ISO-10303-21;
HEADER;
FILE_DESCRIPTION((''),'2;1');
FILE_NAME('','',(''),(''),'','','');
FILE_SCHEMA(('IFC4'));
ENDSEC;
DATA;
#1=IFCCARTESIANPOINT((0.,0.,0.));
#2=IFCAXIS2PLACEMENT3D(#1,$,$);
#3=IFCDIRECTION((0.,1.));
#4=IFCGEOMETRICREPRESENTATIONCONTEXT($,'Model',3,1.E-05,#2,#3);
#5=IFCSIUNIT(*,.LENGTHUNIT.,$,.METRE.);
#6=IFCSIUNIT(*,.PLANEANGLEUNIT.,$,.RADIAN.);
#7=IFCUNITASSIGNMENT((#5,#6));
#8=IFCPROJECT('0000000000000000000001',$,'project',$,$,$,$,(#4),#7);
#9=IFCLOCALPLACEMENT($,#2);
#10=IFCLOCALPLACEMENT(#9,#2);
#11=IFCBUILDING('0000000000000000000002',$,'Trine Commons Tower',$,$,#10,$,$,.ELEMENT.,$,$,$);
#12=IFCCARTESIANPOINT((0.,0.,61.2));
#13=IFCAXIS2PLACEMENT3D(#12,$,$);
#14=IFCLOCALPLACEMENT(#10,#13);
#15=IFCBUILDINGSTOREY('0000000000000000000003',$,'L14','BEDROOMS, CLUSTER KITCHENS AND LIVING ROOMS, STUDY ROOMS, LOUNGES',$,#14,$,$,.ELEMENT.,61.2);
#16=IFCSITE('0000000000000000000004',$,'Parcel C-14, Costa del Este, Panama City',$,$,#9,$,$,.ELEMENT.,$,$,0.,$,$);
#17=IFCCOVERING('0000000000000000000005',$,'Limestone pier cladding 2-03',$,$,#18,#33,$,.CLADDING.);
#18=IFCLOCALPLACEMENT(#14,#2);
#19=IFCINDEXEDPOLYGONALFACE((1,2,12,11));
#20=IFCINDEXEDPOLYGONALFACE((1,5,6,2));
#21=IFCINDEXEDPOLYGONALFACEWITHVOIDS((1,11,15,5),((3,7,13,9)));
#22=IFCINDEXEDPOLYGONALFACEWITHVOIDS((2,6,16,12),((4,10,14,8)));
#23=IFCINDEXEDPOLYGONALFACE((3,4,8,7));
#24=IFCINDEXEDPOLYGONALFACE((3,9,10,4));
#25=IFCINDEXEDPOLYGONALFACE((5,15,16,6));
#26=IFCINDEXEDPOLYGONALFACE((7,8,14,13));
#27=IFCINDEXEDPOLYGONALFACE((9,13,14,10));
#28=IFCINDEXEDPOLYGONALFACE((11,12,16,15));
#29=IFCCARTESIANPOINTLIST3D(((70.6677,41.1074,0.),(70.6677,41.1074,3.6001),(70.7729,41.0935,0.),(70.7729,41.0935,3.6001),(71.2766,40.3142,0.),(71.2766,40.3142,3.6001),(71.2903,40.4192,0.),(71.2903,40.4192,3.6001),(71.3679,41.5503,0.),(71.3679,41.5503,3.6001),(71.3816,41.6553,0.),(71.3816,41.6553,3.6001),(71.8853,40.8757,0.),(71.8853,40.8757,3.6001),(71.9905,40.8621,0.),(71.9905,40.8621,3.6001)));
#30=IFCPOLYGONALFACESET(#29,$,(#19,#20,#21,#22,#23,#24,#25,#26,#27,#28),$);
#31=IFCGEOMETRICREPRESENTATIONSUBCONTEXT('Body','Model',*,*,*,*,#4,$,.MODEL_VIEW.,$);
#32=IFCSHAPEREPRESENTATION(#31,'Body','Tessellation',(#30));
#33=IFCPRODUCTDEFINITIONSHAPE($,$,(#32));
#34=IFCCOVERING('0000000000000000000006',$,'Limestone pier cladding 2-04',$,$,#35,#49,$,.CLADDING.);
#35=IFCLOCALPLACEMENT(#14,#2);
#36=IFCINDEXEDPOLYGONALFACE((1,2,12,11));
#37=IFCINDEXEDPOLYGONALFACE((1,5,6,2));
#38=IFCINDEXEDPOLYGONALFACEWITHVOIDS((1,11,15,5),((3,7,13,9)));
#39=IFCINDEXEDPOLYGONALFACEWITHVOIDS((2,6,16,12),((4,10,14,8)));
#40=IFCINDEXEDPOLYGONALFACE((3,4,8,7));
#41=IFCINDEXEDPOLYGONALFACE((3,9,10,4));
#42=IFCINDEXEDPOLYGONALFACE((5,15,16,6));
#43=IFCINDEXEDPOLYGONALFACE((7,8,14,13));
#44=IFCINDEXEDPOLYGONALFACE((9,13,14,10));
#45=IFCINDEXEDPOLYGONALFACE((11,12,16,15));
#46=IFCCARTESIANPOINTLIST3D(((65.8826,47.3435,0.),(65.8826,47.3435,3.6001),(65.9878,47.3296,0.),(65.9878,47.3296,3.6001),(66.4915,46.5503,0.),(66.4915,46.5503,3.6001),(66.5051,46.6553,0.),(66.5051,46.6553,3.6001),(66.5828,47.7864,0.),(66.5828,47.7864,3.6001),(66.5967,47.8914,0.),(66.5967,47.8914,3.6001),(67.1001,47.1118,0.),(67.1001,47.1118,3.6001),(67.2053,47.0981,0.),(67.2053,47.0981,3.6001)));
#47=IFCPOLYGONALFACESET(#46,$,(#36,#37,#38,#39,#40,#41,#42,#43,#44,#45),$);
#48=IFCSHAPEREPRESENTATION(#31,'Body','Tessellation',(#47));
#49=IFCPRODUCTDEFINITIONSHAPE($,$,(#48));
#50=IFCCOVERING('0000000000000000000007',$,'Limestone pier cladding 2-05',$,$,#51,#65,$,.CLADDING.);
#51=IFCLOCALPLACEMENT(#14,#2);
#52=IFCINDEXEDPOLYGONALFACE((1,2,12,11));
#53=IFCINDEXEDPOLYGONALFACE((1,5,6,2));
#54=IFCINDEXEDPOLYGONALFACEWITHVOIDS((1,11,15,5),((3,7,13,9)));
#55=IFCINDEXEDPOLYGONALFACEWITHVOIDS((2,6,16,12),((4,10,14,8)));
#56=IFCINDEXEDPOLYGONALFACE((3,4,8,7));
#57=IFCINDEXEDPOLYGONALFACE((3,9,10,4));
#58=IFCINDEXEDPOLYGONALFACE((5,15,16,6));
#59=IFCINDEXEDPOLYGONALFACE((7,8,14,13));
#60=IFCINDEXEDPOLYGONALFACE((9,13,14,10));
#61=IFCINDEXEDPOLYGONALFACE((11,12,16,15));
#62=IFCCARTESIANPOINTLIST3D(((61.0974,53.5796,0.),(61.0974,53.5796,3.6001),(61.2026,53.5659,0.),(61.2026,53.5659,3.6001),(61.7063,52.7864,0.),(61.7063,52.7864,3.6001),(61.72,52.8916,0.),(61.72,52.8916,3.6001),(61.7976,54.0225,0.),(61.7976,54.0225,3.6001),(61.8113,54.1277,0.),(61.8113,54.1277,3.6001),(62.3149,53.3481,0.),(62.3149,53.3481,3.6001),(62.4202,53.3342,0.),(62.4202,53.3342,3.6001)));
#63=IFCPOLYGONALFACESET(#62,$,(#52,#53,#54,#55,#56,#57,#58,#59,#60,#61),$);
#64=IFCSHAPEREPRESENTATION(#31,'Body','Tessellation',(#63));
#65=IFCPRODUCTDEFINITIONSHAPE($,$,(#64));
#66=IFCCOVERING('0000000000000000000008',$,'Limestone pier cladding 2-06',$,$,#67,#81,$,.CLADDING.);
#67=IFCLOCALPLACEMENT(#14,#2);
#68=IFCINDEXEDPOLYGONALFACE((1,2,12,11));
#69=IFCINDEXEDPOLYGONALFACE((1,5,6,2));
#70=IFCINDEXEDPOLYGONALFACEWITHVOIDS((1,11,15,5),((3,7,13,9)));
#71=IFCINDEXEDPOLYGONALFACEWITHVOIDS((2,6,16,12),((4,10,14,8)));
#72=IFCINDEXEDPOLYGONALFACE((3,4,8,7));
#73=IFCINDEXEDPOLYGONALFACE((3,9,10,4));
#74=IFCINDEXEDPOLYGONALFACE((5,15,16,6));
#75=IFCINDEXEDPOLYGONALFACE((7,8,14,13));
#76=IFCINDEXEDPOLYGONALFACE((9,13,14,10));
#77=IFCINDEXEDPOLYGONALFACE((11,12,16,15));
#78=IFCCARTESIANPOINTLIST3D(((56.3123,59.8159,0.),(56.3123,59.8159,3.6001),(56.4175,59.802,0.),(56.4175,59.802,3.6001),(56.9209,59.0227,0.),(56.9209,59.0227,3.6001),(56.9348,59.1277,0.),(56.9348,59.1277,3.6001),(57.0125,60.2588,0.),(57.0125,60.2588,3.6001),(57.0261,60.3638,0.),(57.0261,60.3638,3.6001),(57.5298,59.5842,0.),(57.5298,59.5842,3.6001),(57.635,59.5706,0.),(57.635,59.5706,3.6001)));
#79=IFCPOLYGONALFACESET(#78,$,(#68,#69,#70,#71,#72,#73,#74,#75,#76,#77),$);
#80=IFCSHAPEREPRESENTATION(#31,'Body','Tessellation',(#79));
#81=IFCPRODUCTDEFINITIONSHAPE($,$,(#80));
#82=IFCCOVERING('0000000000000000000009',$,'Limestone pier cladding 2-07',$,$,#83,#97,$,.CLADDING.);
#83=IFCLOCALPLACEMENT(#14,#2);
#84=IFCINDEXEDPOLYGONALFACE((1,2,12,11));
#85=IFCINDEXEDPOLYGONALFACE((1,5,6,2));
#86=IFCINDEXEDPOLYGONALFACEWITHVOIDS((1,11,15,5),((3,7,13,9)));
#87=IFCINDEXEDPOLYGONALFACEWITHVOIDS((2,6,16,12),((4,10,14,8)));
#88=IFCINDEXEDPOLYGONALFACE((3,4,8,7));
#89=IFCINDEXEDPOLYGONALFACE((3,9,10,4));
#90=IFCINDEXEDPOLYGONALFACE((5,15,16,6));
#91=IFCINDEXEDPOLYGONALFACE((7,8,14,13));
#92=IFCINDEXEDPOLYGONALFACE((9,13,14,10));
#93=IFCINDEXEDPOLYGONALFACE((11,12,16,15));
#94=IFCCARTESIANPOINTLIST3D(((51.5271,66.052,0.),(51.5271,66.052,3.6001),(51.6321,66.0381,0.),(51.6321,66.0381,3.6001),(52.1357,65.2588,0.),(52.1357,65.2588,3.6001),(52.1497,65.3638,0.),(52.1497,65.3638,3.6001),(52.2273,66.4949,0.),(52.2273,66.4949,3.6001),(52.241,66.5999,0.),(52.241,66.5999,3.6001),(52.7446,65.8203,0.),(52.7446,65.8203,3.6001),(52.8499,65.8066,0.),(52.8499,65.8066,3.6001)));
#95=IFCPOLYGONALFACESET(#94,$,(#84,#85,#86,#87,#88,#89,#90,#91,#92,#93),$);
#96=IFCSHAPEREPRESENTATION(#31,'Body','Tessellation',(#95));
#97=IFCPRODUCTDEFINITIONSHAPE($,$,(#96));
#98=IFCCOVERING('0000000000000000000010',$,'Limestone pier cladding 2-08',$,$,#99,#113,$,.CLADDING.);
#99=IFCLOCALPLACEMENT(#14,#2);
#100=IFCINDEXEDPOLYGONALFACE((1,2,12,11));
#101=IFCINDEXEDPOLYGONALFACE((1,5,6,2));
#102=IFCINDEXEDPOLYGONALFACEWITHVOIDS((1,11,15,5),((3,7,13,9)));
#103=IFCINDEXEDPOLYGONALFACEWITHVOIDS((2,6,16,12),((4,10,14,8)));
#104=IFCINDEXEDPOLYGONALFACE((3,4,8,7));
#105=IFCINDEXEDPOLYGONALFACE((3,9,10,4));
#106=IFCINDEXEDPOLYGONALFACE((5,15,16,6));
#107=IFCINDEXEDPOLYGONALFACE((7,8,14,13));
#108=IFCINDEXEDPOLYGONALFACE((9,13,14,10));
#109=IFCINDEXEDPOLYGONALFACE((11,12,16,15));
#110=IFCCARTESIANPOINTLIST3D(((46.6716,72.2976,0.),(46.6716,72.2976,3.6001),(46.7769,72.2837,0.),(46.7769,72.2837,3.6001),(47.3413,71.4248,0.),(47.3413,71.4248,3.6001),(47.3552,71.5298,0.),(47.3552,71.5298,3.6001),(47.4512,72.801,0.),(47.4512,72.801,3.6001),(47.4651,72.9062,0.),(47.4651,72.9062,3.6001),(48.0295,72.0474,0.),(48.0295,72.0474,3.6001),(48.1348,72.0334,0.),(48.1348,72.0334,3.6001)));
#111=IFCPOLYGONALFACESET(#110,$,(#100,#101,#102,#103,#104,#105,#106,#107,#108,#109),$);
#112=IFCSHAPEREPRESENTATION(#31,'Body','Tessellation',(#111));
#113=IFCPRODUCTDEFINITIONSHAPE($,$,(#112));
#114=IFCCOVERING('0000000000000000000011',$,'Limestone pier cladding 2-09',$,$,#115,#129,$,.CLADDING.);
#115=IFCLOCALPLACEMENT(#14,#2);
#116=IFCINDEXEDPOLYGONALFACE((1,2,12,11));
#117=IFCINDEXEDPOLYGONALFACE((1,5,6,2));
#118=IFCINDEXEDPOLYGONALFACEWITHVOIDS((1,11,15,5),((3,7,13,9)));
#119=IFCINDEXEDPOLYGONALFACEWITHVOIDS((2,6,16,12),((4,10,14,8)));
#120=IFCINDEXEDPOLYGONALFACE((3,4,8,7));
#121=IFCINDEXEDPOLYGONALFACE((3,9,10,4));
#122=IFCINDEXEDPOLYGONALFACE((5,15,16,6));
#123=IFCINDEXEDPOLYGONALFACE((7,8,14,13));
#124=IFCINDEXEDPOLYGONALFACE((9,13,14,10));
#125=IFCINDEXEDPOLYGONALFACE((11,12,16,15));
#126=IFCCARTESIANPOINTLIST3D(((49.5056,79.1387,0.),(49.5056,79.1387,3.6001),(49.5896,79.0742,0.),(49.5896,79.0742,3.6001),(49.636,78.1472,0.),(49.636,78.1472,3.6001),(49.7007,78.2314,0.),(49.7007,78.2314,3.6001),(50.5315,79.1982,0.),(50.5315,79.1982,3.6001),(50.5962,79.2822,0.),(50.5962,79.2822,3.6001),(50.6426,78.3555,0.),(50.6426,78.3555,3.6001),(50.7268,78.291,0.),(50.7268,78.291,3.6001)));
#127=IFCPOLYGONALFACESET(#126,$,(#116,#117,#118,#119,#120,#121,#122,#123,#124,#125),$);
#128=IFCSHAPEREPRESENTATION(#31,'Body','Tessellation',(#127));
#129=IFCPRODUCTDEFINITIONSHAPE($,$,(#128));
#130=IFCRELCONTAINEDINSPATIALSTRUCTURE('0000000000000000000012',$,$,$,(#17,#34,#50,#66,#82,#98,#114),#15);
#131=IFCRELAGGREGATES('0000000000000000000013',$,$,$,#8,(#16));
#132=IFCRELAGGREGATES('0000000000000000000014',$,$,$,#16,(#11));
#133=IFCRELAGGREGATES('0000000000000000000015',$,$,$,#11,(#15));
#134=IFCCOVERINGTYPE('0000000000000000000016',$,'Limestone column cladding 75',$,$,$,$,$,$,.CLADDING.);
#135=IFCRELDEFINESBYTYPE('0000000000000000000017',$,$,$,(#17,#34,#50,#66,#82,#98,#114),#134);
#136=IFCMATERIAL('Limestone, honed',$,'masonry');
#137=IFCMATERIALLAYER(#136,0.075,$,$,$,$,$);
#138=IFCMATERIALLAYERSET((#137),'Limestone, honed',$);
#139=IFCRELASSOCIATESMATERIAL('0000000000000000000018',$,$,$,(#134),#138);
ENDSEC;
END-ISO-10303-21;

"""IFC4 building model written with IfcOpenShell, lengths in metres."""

from ifc_helpers import new_model, si_unit, direction, frame, origin, place, context, subcontext, project, spatial, polyline, outline, extrude, material, layer, layer_set, type_object, element, save


model = new_model("IFC4")

# Units and contexts
model_context = context("Model", 3, precision=1e-05, world=origin(), true_north=direction((0.0, 1.0)))
body_context = subcontext(model_context, "Body", "Model", "MODEL_VIEW")
ifc_project = project(units=[si_unit("LENGTHUNIT", "METRE"), si_unit("PLANEANGLEUNIT", "RADIAN")], contexts=[model_context])

# Site, building, storey
site_placement = place(None, origin())
site = spatial("IfcSite", under=ifc_project, at=site_placement, Name="Parcel C-14, Costa del Este, Panama City", CompositionType="ELEMENT", RefElevation=0.0)
building_placement = place(site_placement, origin())
building = spatial("IfcBuilding", under=site, at=building_placement, Name="Trine Commons Tower", CompositionType="ELEMENT")
storey_placement = place(building_placement, frame((0.0, 0.0, 61.2)))
storey = spatial("IfcBuildingStorey", under=building, at=storey_placement, Name="L14", Description="BEDROOMS, CLUSTER KITCHENS AND LIVING ROOMS, STUDY ROOMS, LOUNGES", CompositionType="ELEMENT", Elevation=61.2)

# Coverings
ifc_material_1 = material(Name="Limestone, honed", Category="masonry")
ifc_layer_1 = layer(ifc_material_1, 0.075)
ifc_layer_set_1 = layer_set([ifc_layer_1], Name="Limestone, honed")
covering_type_1 = type_object("IfcCoveringType", Name="Limestone column cladding 75", PredefinedType="CLADDING", material=ifc_layer_set_1)
covering_1_placement = place(storey_placement, origin())
element("IfcCovering", 1, at=covering_1_placement, inside=storey, type_object=covering_type_1, Name="Limestone pier cladding 2-03", PredefinedType="CLADDING", context=body_context, shape_type="SweptSolid", body=[
    extrude(outline(polyline([(71.3816, 41.6553), (70.6677, 41.1074), (71.2766, 40.3142), (71.9905, 40.8621), (71.3816, 41.6553)]), holes=[polyline([(71.3679, 41.5503), (70.7729, 41.0935), (71.2903, 40.4192), (71.8853, 40.8757), (71.3679, 41.5503)])]), origin(), (0.0, 0.0, 1.0), 3.6001),
])
covering_2_placement = place(storey_placement, origin())
element("IfcCovering", 2, at=covering_2_placement, inside=storey, type_object=covering_type_1, Name="Limestone pier cladding 2-04", PredefinedType="CLADDING", context=body_context, shape_type="SweptSolid", body=[
    extrude(outline(polyline([(66.5967, 47.8914), (65.8826, 47.3435), (66.4915, 46.5503), (67.2053, 47.0981), (66.5967, 47.8914)]), holes=[polyline([(66.5828, 47.7864), (65.9878, 47.3296), (66.5051, 46.6553), (67.1001, 47.1118), (66.5828, 47.7864)])]), origin(), (0.0, 0.0, 1.0), 3.6001),
])
covering_3_placement = place(storey_placement, origin())
element("IfcCovering", 3, at=covering_3_placement, inside=storey, type_object=covering_type_1, Name="Limestone pier cladding 2-05", PredefinedType="CLADDING", context=body_context, shape_type="SweptSolid", body=[
    extrude(outline(polyline([(61.8113, 54.1277), (61.0974, 53.5796), (61.7063, 52.7864), (62.4202, 53.3342), (61.8113, 54.1277)]), holes=[polyline([(61.7976, 54.0225), (61.2026, 53.5659), (61.72, 52.8916), (62.3149, 53.3481), (61.7976, 54.0225)])]), origin(), (0.0, 0.0, 1.0), 3.6001),
])
covering_4_placement = place(storey_placement, origin())
element("IfcCovering", 4, at=covering_4_placement, inside=storey, type_object=covering_type_1, Name="Limestone pier cladding 2-06", PredefinedType="CLADDING", context=body_context, shape_type="SweptSolid", body=[
    extrude(outline(polyline([(57.0261, 60.3638), (56.3123, 59.8159), (56.9209, 59.0227), (57.635, 59.5706), (57.0261, 60.3638)]), holes=[polyline([(57.0125, 60.2588), (56.4175, 59.802), (56.9348, 59.1277), (57.5298, 59.5842), (57.0125, 60.2588)])]), origin(), (0.0, 0.0, 1.0), 3.6001),
])
covering_5_placement = place(storey_placement, origin())
element("IfcCovering", 5, at=covering_5_placement, inside=storey, type_object=covering_type_1, Name="Limestone pier cladding 2-07", PredefinedType="CLADDING", context=body_context, shape_type="SweptSolid", body=[
    extrude(outline(polyline([(52.241, 66.5999), (51.5271, 66.052), (52.1357, 65.2588), (52.8499, 65.8066), (52.241, 66.5999)]), holes=[polyline([(52.2273, 66.4949), (51.6321, 66.0381), (52.1497, 65.3638), (52.7446, 65.8203), (52.2273, 66.4949)])]), origin(), (0.0, 0.0, 1.0), 3.6001),
])
covering_6_placement = place(storey_placement, origin())
element("IfcCovering", 6, at=covering_6_placement, inside=storey, type_object=covering_type_1, Name="Limestone pier cladding 2-08", PredefinedType="CLADDING", context=body_context, shape_type="SweptSolid", body=[
    extrude(outline(polyline([(47.4651, 72.9062), (46.6716, 72.2976), (47.3413, 71.4248), (48.1348, 72.0334), (47.4651, 72.9062)]), holes=[polyline([(47.4512, 72.801), (46.7769, 72.2837), (47.3552, 71.5298), (48.0295, 72.0474), (47.4512, 72.801)])]), origin(), (0.0, 0.0, 1.0), 3.6001),
])
covering_7_placement = place(storey_placement, origin())
element("IfcCovering", 7, at=covering_7_placement, inside=storey, type_object=covering_type_1, Name="Limestone pier cladding 2-09", PredefinedType="CLADDING", context=body_context, shape_type="SweptSolid", body=[
    extrude(outline(polyline([(50.7268, 78.291), (50.5962, 79.2822), (49.5056, 79.1387), (49.636, 78.1472), (50.7268, 78.291)]), holes=[polyline([(50.6426, 78.3555), (50.5315, 79.1982), (49.5896, 79.0742), (49.7007, 78.2314), (50.6426, 78.3555)])]), origin(), (0.0, 0.0, 1.0), 3.6001),
])

save(model, "model.ifc")
